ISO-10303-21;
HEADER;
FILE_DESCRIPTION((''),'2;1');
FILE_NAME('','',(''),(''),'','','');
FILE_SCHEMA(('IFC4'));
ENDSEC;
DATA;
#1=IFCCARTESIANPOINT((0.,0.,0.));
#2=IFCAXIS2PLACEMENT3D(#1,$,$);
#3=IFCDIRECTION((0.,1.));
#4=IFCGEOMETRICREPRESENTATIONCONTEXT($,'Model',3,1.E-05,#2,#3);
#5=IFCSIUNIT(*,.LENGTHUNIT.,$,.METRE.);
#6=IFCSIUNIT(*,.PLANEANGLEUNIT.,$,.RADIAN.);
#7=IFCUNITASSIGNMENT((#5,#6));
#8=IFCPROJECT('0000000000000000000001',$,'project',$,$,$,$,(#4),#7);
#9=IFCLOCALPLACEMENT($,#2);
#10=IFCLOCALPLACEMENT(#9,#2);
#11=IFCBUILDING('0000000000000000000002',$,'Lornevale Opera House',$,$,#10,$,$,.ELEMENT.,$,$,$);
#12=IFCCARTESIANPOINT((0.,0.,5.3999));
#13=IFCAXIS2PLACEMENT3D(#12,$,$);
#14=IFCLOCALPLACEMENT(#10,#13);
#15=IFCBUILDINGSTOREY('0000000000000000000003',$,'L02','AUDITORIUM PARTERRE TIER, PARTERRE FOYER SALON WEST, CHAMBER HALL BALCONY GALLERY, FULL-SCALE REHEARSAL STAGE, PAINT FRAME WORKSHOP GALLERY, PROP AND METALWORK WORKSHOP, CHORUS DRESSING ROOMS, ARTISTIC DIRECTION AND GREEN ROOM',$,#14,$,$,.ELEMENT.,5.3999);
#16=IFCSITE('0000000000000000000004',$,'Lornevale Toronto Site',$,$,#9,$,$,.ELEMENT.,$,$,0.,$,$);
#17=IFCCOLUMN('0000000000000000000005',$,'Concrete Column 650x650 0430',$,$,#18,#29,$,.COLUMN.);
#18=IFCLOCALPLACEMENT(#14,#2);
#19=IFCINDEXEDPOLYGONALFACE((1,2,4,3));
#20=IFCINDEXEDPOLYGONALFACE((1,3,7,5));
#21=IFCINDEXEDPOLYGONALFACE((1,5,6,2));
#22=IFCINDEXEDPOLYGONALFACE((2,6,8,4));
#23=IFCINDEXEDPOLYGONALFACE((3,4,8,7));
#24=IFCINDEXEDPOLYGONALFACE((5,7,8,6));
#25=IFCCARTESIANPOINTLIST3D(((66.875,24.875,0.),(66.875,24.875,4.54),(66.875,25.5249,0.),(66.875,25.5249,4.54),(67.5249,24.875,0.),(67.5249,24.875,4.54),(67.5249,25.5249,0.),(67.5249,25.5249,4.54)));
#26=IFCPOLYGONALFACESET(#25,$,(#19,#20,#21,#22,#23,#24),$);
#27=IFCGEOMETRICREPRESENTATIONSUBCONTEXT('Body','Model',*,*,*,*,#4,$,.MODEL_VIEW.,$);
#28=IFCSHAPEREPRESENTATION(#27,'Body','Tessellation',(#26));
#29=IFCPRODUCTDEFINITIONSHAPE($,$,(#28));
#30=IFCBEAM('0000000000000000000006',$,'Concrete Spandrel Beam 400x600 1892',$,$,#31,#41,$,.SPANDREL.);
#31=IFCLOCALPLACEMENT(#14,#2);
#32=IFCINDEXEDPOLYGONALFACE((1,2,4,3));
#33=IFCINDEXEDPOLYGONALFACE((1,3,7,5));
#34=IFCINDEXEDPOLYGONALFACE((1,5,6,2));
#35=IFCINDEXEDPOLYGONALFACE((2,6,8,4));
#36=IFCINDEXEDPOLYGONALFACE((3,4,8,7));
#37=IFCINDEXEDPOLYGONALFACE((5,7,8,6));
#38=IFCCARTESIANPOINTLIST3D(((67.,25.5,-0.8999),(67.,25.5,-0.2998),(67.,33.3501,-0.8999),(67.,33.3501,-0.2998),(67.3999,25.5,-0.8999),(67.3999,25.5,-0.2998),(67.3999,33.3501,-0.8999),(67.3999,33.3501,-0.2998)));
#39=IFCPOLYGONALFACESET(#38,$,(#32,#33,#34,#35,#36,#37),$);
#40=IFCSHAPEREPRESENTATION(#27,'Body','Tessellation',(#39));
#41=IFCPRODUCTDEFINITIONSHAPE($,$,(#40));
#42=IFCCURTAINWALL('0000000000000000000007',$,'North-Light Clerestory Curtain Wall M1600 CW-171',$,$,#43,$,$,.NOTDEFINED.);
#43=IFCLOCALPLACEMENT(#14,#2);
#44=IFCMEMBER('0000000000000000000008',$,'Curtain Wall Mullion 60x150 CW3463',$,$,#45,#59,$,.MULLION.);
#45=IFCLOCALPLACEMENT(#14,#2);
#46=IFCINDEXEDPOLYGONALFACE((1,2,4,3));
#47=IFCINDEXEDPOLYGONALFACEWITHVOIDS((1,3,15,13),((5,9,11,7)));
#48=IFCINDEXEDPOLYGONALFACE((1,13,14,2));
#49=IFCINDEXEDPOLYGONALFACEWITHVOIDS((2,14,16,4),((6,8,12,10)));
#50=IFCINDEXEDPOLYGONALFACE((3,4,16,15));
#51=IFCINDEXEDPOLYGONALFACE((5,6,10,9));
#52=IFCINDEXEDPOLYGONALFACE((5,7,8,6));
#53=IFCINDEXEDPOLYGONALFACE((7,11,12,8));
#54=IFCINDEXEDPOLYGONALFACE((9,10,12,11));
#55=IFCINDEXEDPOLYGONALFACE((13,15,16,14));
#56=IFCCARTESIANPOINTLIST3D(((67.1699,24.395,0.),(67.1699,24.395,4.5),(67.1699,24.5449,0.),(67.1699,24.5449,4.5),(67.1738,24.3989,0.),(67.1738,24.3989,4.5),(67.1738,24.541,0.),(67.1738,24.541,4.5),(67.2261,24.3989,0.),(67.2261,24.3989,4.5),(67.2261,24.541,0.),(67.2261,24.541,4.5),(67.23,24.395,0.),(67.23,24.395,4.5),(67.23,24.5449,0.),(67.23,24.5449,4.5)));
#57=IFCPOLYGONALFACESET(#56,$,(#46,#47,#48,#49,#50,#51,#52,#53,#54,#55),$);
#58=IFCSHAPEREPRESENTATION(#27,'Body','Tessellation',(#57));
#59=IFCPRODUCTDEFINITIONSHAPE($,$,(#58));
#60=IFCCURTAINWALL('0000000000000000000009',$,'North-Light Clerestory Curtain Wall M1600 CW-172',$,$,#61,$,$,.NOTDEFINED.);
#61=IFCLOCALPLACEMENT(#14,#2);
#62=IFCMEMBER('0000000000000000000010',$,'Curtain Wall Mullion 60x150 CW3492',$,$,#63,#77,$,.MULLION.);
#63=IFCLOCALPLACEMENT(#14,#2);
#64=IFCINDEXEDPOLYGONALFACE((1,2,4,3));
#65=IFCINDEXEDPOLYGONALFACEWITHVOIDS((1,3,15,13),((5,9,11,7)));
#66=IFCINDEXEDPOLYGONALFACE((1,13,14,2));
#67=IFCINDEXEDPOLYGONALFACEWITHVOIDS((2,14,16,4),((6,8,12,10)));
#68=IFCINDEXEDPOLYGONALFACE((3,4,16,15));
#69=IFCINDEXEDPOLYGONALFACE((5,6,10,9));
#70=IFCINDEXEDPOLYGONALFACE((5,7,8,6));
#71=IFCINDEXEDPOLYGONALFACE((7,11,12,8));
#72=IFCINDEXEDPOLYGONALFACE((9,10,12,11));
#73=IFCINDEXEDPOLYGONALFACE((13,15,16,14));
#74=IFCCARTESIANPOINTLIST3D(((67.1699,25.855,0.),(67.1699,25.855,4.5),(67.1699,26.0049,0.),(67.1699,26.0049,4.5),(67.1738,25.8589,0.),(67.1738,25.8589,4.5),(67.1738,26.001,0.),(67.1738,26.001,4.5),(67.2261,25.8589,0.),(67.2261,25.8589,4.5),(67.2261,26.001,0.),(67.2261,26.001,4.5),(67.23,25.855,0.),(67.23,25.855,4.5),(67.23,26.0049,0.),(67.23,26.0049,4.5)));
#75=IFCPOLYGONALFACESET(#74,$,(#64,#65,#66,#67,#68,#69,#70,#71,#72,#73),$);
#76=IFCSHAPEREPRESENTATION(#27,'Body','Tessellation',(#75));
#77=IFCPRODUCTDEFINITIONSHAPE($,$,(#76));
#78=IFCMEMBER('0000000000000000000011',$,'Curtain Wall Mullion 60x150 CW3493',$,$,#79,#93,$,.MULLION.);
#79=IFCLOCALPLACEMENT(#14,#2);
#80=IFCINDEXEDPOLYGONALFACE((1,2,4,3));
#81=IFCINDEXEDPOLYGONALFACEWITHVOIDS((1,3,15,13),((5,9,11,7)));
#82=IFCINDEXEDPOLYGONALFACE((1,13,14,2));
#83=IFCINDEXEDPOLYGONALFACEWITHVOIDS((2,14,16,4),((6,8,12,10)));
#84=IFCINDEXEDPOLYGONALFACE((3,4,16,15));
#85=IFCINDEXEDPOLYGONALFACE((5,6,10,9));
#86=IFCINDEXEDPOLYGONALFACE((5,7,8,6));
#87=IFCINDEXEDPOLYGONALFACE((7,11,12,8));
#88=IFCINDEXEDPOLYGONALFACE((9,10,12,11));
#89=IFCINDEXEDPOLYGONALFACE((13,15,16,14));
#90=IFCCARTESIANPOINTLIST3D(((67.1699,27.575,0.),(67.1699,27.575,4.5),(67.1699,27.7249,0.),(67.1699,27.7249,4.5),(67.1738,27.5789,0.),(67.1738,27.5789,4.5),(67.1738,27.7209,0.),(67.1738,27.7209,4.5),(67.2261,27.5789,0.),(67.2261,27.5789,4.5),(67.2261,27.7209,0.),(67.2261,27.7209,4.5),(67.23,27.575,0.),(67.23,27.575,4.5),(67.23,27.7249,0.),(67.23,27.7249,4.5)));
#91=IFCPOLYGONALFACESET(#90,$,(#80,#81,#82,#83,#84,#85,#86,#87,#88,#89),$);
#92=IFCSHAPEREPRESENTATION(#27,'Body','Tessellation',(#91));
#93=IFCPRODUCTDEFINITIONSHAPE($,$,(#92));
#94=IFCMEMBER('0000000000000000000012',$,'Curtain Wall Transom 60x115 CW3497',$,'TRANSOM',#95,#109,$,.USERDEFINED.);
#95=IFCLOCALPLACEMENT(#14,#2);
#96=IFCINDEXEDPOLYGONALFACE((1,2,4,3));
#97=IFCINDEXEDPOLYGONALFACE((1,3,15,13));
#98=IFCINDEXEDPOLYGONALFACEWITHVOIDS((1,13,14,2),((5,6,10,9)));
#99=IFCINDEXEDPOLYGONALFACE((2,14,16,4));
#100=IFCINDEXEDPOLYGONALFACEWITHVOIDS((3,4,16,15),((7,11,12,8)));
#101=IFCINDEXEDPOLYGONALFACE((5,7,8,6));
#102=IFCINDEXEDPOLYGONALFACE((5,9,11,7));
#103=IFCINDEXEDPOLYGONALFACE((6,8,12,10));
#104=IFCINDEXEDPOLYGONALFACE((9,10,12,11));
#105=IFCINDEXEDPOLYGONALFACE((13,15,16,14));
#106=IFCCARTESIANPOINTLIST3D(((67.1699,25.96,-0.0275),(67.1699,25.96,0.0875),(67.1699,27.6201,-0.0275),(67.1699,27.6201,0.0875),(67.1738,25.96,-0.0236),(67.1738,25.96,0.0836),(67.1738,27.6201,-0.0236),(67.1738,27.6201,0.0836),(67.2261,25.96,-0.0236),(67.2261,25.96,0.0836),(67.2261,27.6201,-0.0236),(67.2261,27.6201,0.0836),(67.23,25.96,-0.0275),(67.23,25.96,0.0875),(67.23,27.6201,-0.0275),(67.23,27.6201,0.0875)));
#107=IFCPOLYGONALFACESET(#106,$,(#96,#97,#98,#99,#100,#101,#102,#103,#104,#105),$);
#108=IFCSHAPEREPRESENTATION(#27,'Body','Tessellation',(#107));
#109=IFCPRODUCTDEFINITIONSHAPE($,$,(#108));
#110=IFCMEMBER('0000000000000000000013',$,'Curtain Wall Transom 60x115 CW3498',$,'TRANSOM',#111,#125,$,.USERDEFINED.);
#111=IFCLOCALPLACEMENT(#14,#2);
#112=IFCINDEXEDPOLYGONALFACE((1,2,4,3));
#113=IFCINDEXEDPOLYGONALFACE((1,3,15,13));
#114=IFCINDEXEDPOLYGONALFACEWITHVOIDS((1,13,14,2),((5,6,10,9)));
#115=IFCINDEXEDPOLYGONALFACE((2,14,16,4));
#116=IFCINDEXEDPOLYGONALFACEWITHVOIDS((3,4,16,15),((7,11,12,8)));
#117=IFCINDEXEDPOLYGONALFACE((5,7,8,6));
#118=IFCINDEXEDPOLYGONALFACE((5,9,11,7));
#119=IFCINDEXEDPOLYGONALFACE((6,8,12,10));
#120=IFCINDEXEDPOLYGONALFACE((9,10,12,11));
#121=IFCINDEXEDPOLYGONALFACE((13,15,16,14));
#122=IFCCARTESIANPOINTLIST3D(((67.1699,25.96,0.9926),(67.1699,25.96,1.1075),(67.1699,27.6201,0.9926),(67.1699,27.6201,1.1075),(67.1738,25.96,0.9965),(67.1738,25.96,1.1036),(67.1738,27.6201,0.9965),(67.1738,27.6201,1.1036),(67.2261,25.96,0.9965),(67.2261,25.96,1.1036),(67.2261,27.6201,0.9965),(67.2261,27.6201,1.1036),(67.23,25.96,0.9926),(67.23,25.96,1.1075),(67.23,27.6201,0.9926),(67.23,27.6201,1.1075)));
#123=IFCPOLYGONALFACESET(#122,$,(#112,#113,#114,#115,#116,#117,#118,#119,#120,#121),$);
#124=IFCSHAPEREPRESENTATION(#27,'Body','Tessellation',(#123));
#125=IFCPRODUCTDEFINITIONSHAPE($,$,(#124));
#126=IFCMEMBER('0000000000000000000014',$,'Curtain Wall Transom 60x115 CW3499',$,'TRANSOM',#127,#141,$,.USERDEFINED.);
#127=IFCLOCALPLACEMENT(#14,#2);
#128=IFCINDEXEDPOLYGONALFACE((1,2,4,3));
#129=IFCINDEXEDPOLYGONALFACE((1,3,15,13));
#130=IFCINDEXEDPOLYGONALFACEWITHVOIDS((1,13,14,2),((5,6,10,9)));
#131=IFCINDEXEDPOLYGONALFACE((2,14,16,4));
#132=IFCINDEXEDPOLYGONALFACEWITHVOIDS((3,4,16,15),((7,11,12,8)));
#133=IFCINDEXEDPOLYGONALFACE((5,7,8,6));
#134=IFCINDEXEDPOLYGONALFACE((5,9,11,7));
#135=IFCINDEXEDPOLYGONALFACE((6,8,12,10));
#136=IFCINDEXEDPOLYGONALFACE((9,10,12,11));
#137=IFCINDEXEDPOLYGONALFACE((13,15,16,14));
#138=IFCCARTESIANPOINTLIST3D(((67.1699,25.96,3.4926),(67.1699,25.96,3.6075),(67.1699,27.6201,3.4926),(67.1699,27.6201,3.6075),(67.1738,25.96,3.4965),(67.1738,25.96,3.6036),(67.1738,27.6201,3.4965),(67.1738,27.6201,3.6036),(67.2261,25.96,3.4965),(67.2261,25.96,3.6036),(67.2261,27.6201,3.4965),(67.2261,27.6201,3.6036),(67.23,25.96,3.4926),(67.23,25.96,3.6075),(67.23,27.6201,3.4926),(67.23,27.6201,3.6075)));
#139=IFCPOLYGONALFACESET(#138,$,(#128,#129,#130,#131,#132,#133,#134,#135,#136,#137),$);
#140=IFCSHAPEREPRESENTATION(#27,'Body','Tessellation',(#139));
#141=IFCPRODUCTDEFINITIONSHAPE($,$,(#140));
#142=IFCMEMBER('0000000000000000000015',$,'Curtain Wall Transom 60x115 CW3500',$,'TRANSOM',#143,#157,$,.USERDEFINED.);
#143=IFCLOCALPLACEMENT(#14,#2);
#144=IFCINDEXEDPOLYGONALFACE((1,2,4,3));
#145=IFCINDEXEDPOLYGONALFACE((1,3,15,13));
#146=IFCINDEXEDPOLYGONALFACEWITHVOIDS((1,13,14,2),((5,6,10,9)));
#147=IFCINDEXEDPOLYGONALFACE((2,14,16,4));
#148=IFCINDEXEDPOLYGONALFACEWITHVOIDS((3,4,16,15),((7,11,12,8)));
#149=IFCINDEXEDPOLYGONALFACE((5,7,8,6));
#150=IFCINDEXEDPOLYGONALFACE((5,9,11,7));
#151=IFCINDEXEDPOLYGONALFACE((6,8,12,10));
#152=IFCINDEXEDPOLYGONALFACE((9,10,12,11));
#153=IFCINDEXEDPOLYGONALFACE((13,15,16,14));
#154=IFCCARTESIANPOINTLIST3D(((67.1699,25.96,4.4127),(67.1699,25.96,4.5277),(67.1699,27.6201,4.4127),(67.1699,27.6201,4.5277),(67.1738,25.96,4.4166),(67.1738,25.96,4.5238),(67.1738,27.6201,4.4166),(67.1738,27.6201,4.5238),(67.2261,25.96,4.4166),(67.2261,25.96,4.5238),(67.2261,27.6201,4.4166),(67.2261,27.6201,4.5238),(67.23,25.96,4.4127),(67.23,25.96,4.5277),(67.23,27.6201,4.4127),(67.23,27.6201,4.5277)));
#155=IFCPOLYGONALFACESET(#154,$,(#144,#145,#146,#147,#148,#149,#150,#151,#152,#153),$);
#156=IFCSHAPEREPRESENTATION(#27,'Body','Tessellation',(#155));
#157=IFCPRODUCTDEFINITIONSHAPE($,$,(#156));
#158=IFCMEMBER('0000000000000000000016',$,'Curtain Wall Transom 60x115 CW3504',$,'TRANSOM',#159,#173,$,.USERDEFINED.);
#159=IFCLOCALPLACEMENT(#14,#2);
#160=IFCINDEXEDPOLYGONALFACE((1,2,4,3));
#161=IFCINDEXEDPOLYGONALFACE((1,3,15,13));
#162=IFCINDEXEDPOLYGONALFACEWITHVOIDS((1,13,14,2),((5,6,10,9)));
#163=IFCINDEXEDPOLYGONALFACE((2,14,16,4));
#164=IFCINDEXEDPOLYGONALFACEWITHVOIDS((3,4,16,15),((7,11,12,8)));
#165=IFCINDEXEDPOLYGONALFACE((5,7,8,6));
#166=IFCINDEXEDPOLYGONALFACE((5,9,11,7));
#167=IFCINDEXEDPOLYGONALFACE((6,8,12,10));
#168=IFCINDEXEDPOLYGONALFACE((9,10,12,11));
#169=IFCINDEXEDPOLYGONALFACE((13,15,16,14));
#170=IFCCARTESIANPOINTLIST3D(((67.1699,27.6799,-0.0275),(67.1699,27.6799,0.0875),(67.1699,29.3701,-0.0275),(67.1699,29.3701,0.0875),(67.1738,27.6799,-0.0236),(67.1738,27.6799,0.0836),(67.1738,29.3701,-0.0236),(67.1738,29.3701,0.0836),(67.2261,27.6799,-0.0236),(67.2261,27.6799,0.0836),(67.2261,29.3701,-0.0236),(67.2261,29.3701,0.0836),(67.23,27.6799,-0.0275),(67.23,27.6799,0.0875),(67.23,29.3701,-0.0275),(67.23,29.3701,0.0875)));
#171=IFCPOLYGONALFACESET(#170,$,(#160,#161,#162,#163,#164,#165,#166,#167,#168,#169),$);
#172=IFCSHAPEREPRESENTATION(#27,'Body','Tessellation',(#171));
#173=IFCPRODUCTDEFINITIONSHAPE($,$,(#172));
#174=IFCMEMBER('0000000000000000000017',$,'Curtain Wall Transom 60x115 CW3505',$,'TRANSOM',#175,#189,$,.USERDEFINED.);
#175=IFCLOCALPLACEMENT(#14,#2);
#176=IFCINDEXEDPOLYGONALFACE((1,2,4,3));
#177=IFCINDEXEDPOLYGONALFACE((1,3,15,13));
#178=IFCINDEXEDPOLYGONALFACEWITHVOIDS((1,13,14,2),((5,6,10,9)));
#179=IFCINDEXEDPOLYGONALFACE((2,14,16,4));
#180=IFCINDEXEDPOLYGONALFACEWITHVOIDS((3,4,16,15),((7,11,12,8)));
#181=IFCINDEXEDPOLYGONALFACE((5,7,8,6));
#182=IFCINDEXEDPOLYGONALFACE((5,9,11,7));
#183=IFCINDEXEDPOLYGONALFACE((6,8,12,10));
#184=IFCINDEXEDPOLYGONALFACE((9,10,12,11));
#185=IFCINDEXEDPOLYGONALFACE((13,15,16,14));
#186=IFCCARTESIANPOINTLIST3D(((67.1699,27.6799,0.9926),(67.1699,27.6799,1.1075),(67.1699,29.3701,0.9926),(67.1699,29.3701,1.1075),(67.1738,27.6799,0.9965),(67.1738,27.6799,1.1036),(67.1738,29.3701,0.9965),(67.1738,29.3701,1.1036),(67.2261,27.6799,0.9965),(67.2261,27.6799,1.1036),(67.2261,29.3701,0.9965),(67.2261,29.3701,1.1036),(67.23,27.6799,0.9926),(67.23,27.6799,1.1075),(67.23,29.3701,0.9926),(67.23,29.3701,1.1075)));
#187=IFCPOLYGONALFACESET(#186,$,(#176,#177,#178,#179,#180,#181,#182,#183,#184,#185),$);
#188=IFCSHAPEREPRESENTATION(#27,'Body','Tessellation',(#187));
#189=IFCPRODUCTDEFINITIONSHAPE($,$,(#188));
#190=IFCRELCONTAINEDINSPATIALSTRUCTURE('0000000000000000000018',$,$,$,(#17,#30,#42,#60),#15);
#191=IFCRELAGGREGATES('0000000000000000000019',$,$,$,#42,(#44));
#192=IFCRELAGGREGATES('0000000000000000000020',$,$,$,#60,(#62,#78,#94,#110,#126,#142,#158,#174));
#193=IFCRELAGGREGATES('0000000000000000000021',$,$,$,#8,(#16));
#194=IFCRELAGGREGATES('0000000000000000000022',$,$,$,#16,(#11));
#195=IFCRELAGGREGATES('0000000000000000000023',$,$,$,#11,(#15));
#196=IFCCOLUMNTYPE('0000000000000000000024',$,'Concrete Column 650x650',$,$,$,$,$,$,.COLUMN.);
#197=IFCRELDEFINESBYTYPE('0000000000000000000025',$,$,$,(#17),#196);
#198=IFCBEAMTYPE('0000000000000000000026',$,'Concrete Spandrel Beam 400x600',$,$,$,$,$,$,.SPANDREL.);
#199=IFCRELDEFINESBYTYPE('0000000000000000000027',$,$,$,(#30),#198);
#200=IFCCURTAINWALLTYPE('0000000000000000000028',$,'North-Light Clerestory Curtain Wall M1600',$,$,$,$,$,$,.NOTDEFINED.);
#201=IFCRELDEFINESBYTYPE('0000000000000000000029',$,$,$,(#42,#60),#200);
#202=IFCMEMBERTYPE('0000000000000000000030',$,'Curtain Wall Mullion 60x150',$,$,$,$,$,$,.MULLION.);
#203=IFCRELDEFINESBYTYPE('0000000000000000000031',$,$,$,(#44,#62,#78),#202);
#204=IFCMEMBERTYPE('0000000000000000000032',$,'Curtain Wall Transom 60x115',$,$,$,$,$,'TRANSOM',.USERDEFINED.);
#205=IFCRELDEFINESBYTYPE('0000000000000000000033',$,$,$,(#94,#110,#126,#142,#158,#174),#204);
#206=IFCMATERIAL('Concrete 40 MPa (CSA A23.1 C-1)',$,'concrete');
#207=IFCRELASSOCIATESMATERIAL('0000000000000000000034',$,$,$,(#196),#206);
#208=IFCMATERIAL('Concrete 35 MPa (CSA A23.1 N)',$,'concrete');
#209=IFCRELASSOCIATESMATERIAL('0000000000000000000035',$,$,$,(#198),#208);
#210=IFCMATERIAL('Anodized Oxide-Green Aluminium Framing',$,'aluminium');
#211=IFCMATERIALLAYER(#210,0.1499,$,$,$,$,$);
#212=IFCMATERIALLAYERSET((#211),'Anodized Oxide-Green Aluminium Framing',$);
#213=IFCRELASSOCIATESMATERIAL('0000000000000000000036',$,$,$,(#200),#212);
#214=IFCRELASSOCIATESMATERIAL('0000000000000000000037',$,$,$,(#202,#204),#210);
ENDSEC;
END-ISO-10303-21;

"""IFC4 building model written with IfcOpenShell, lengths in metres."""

from ifc_helpers import new_model, si_unit, direction, frame, origin, origin_2d, place, context, subcontext, project, spatial, rectangle, hollow_rectangle, extrude, material, layer, layer_set, material_profile, profile_set, type_object, element, aggregate, save


model = new_model("IFC4")

# Units and contexts
model_context = context("Model", 3, precision=1e-05, world=origin(), true_north=direction((0.0, 1.0)))
body_context = subcontext(model_context, "Body", "Model", "MODEL_VIEW")
ifc_project = project(units=[si_unit("LENGTHUNIT", "METRE"), si_unit("PLANEANGLEUNIT", "RADIAN")], contexts=[model_context])

# Site, building, storey
site_placement = place(None, origin())
site = spatial("IfcSite", under=ifc_project, at=site_placement, Name="Lornevale Toronto Site", CompositionType="ELEMENT", RefElevation=0.0)
building_placement = place(site_placement, origin())
building = spatial("IfcBuilding", under=site, at=building_placement, Name="Lornevale Opera House", CompositionType="ELEMENT")
storey_placement = place(building_placement, frame((0.0, 0.0, 5.3999)))
storey = spatial("IfcBuildingStorey", under=building, at=storey_placement, Name="L02", Description="AUDITORIUM PARTERRE TIER, PARTERRE FOYER SALON WEST, CHAMBER HALL BALCONY GALLERY, FULL-SCALE REHEARSAL STAGE, PAINT FRAME WORKSHOP GALLERY, PROP AND METALWORK WORKSHOP, CHORUS DRESSING ROOMS, ARTISTIC DIRECTION AND GREEN ROOM", CompositionType="ELEMENT", Elevation=5.3999)

# Column
ifc_material_1 = material(Name="Concrete 40 MPa (CSA A23.1 C-1)", Category="concrete")
ifc_material_profile_1 = material_profile(ifc_material_1, rectangle(XDim=0.6499, YDim=0.6499, at=origin_2d()), Name="RC650x650")
ifc_profile_set_1 = profile_set([ifc_material_profile_1], Name="Concrete 40 MPa (CSA A23.1 C-1)")
column_type = type_object("IfcColumnType", Name="Concrete Column 650x650", PredefinedType="COLUMN", material=ifc_profile_set_1)
column_placement = place(storey_placement, frame((67.2, 25.2, 0.0), z_axis=(0.0, 0.0, 1.0), x_axis=(1.0, 0.0, 0.0)))
element("IfcColumn", 1, at=column_placement, inside=storey, type_object=column_type, Name="Concrete Column 650x650 0430", PredefinedType="COLUMN", context=body_context, shape_type="SweptSolid", body=[
    extrude(rectangle(XDim=0.6499, YDim=0.6499, at=origin_2d()), origin(), (0.0, 0.0, 1.0), 4.54),
])

# Beam
ifc_material_2 = material(Name="Concrete 35 MPa (CSA A23.1 N)", Category="concrete")
ifc_material_profile_2 = material_profile(ifc_material_2, rectangle(XDim=0.3999, YDim=0.6001, at=origin_2d()), Name="RC400x600")
ifc_profile_set_2 = profile_set([ifc_material_profile_2], Name="Concrete 35 MPa (CSA A23.1 N)")
beam_type = type_object("IfcBeamType", Name="Concrete Spandrel Beam 400x600", PredefinedType="SPANDREL", material=ifc_profile_set_2)
beam_placement = place(storey_placement, frame((67.2, 25.5, -0.5999), z_axis=(0.0, 1.0, 0.0), x_axis=(-1.0, 0.0, 0.0)))
element("IfcBeam", 2, at=beam_placement, inside=storey, type_object=beam_type, Name="Concrete Spandrel Beam 400x600 1892", PredefinedType="SPANDREL", context=body_context, shape_type="SweptSolid", body=[
    extrude(rectangle(XDim=0.3999, YDim=0.6001, at=origin_2d()), origin(), (0.0, 0.0, 1.0), 7.8501),
])

# Curtain wall, member
ifc_material_3 = material(Name="Anodized Oxide-Green Aluminium Framing", Category="aluminium")
ifc_layer_1 = layer(ifc_material_3, 0.1499)
ifc_layer_set_1 = layer_set([ifc_layer_1], Name="Anodized Oxide-Green Aluminium Framing")
curtain_wall_type = type_object("IfcCurtainWallType", Name="North-Light Clerestory Curtain Wall M1600", PredefinedType="NOTDEFINED", material=ifc_layer_set_1)
curtain_wall_1_placement = place(storey_placement, origin())
curtain_wall_1 = element("IfcCurtainWall", 3, at=curtain_wall_1_placement, inside=storey, type_object=curtain_wall_type, Name="North-Light Clerestory Curtain Wall M1600 CW-171", PredefinedType="NOTDEFINED")
ifc_material_profile_3 = material_profile(ifc_material_3, hollow_rectangle(XDim=0.0601, YDim=0.1499, WallThickness=0.0039, at=origin_2d()), Name="ALU60x150x4")
ifc_profile_set_3 = profile_set([ifc_material_profile_3], Name="Anodized Oxide-Green Aluminium Framing")
member_type_1 = type_object("IfcMemberType", Name="Curtain Wall Mullion 60x150", PredefinedType="MULLION", material=ifc_profile_set_3)
member_1_placement = place(storey_placement, frame((67.2, 24.47, 0.0), z_axis=(0.0, 0.0, 1.0), x_axis=(-1.0, 0.0, 0.0)))
member_1 = element("IfcMember", 4, at=member_1_placement, type_object=member_type_1, Name="Curtain Wall Mullion 60x150 CW3463", PredefinedType="MULLION", context=body_context, shape_type="SweptSolid", body=[
    extrude(hollow_rectangle(XDim=0.0601, YDim=0.1499, WallThickness=0.0039, at=origin_2d()), origin(), (0.0, 0.0, 1.0), 4.5),
])

# Curtain wall, members
curtain_wall_2_placement = place(storey_placement, origin())
curtain_wall_2 = element("IfcCurtainWall", 5, at=curtain_wall_2_placement, inside=storey, type_object=curtain_wall_type, Name="North-Light Clerestory Curtain Wall M1600 CW-172", PredefinedType="NOTDEFINED")
member_2_placement = place(storey_placement, frame((67.2, 25.9299, 0.0), z_axis=(0.0, 0.0, 1.0), x_axis=(-1.0, 0.0, 0.0)))
member_2 = element("IfcMember", 6, at=member_2_placement, type_object=member_type_1, Name="Curtain Wall Mullion 60x150 CW3492", PredefinedType="MULLION", context=body_context, shape_type="SweptSolid", body=[
    extrude(hollow_rectangle(XDim=0.0601, YDim=0.1499, WallThickness=0.0039, at=origin_2d()), origin(), (0.0, 0.0, 1.0), 4.5),
])
member_3_placement = place(storey_placement, frame((67.2, 27.6499, 0.0), z_axis=(0.0, 0.0, 1.0), x_axis=(-1.0, 0.0, 0.0)))
member_3 = element("IfcMember", 7, at=member_3_placement, type_object=member_type_1, Name="Curtain Wall Mullion 60x150 CW3493", PredefinedType="MULLION", context=body_context, shape_type="SweptSolid", body=[
    extrude(hollow_rectangle(XDim=0.0601, YDim=0.1499, WallThickness=0.0039, at=origin_2d()), origin(), (0.0, 0.0, 1.0), 4.5),
])
ifc_material_profile_4 = material_profile(ifc_material_3, hollow_rectangle(XDim=0.0601, YDim=0.115, WallThickness=0.0039, at=origin_2d()), Name="ALU60x115x4")
ifc_profile_set_4 = profile_set([ifc_material_profile_4], Name="Anodized Oxide-Green Aluminium Framing")
member_type_2 = type_object("IfcMemberType", Name="Curtain Wall Transom 60x115", ElementType="TRANSOM", PredefinedType="USERDEFINED", material=ifc_profile_set_4)
member_4_placement = place(storey_placement, frame((67.2, 25.96, 0.03), z_axis=(0.0, 1.0, 0.0), x_axis=(-1.0, 0.0, 0.0)))
member_4 = element("IfcMember", 8, at=member_4_placement, type_object=member_type_2, Name="Curtain Wall Transom 60x115 CW3497", ObjectType="TRANSOM", PredefinedType="USERDEFINED", context=body_context, shape_type="SweptSolid", body=[
    extrude(hollow_rectangle(XDim=0.0601, YDim=0.115, WallThickness=0.0039, at=origin_2d()), origin(), (0.0, 0.0, 1.0), 1.6602),
])
member_5_placement = place(storey_placement, frame((67.2, 25.96, 1.05), z_axis=(0.0, 1.0, 0.0), x_axis=(-1.0, 0.0, 0.0)))
member_5 = element("IfcMember", 9, at=member_5_placement, type_object=member_type_2, Name="Curtain Wall Transom 60x115 CW3498", ObjectType="TRANSOM", PredefinedType="USERDEFINED", context=body_context, shape_type="SweptSolid", body=[
    extrude(hollow_rectangle(XDim=0.0601, YDim=0.115, WallThickness=0.0039, at=origin_2d()), origin(), (0.0, 0.0, 1.0), 1.6602),
])
member_6_placement = place(storey_placement, frame((67.2, 25.96, 3.55), z_axis=(0.0, 1.0, 0.0), x_axis=(-1.0, 0.0, 0.0)))
member_6 = element("IfcMember", 10, at=member_6_placement, type_object=member_type_2, Name="Curtain Wall Transom 60x115 CW3499", ObjectType="TRANSOM", PredefinedType="USERDEFINED", context=body_context, shape_type="SweptSolid", body=[
    extrude(hollow_rectangle(XDim=0.0601, YDim=0.115, WallThickness=0.0039, at=origin_2d()), origin(), (0.0, 0.0, 1.0), 1.6602),
])
member_7_placement = place(storey_placement, frame((67.2, 25.96, 4.4702), z_axis=(0.0, 1.0, 0.0), x_axis=(-1.0, 0.0, 0.0)))
member_7 = element("IfcMember", 11, at=member_7_placement, type_object=member_type_2, Name="Curtain Wall Transom 60x115 CW3500", ObjectType="TRANSOM", PredefinedType="USERDEFINED", context=body_context, shape_type="SweptSolid", body=[
    extrude(hollow_rectangle(XDim=0.0601, YDim=0.115, WallThickness=0.0039, at=origin_2d()), origin(), (0.0, 0.0, 1.0), 1.6602),
])
member_8_placement = place(storey_placement, frame((67.2, 27.6799, 0.03), z_axis=(0.0, 1.0, 0.0), x_axis=(-1.0, 0.0, 0.0)))
member_8 = element("IfcMember", 12, at=member_8_placement, type_object=member_type_2, Name="Curtain Wall Transom 60x115 CW3504", ObjectType="TRANSOM", PredefinedType="USERDEFINED", context=body_context, shape_type="SweptSolid", body=[
    extrude(hollow_rectangle(XDim=0.0601, YDim=0.115, WallThickness=0.0039, at=origin_2d()), origin(), (0.0, 0.0, 1.0), 1.6902),
])
member_9_placement = place(storey_placement, frame((67.2, 27.6799, 1.05), z_axis=(0.0, 1.0, 0.0), x_axis=(-1.0, 0.0, 0.0)))
member_9 = element("IfcMember", 13, at=member_9_placement, type_object=member_type_2, Name="Curtain Wall Transom 60x115 CW3505", ObjectType="TRANSOM", PredefinedType="USERDEFINED", context=body_context, shape_type="SweptSolid", body=[
    extrude(hollow_rectangle(XDim=0.0601, YDim=0.115, WallThickness=0.0039, at=origin_2d()), origin(), (0.0, 0.0, 1.0), 1.6902),
])

aggregate(curtain_wall_1, [member_1])
aggregate(curtain_wall_2, [member_2, member_3, member_4, member_5, member_6, member_7, member_8, member_9])

save(model, "model.ifc")
